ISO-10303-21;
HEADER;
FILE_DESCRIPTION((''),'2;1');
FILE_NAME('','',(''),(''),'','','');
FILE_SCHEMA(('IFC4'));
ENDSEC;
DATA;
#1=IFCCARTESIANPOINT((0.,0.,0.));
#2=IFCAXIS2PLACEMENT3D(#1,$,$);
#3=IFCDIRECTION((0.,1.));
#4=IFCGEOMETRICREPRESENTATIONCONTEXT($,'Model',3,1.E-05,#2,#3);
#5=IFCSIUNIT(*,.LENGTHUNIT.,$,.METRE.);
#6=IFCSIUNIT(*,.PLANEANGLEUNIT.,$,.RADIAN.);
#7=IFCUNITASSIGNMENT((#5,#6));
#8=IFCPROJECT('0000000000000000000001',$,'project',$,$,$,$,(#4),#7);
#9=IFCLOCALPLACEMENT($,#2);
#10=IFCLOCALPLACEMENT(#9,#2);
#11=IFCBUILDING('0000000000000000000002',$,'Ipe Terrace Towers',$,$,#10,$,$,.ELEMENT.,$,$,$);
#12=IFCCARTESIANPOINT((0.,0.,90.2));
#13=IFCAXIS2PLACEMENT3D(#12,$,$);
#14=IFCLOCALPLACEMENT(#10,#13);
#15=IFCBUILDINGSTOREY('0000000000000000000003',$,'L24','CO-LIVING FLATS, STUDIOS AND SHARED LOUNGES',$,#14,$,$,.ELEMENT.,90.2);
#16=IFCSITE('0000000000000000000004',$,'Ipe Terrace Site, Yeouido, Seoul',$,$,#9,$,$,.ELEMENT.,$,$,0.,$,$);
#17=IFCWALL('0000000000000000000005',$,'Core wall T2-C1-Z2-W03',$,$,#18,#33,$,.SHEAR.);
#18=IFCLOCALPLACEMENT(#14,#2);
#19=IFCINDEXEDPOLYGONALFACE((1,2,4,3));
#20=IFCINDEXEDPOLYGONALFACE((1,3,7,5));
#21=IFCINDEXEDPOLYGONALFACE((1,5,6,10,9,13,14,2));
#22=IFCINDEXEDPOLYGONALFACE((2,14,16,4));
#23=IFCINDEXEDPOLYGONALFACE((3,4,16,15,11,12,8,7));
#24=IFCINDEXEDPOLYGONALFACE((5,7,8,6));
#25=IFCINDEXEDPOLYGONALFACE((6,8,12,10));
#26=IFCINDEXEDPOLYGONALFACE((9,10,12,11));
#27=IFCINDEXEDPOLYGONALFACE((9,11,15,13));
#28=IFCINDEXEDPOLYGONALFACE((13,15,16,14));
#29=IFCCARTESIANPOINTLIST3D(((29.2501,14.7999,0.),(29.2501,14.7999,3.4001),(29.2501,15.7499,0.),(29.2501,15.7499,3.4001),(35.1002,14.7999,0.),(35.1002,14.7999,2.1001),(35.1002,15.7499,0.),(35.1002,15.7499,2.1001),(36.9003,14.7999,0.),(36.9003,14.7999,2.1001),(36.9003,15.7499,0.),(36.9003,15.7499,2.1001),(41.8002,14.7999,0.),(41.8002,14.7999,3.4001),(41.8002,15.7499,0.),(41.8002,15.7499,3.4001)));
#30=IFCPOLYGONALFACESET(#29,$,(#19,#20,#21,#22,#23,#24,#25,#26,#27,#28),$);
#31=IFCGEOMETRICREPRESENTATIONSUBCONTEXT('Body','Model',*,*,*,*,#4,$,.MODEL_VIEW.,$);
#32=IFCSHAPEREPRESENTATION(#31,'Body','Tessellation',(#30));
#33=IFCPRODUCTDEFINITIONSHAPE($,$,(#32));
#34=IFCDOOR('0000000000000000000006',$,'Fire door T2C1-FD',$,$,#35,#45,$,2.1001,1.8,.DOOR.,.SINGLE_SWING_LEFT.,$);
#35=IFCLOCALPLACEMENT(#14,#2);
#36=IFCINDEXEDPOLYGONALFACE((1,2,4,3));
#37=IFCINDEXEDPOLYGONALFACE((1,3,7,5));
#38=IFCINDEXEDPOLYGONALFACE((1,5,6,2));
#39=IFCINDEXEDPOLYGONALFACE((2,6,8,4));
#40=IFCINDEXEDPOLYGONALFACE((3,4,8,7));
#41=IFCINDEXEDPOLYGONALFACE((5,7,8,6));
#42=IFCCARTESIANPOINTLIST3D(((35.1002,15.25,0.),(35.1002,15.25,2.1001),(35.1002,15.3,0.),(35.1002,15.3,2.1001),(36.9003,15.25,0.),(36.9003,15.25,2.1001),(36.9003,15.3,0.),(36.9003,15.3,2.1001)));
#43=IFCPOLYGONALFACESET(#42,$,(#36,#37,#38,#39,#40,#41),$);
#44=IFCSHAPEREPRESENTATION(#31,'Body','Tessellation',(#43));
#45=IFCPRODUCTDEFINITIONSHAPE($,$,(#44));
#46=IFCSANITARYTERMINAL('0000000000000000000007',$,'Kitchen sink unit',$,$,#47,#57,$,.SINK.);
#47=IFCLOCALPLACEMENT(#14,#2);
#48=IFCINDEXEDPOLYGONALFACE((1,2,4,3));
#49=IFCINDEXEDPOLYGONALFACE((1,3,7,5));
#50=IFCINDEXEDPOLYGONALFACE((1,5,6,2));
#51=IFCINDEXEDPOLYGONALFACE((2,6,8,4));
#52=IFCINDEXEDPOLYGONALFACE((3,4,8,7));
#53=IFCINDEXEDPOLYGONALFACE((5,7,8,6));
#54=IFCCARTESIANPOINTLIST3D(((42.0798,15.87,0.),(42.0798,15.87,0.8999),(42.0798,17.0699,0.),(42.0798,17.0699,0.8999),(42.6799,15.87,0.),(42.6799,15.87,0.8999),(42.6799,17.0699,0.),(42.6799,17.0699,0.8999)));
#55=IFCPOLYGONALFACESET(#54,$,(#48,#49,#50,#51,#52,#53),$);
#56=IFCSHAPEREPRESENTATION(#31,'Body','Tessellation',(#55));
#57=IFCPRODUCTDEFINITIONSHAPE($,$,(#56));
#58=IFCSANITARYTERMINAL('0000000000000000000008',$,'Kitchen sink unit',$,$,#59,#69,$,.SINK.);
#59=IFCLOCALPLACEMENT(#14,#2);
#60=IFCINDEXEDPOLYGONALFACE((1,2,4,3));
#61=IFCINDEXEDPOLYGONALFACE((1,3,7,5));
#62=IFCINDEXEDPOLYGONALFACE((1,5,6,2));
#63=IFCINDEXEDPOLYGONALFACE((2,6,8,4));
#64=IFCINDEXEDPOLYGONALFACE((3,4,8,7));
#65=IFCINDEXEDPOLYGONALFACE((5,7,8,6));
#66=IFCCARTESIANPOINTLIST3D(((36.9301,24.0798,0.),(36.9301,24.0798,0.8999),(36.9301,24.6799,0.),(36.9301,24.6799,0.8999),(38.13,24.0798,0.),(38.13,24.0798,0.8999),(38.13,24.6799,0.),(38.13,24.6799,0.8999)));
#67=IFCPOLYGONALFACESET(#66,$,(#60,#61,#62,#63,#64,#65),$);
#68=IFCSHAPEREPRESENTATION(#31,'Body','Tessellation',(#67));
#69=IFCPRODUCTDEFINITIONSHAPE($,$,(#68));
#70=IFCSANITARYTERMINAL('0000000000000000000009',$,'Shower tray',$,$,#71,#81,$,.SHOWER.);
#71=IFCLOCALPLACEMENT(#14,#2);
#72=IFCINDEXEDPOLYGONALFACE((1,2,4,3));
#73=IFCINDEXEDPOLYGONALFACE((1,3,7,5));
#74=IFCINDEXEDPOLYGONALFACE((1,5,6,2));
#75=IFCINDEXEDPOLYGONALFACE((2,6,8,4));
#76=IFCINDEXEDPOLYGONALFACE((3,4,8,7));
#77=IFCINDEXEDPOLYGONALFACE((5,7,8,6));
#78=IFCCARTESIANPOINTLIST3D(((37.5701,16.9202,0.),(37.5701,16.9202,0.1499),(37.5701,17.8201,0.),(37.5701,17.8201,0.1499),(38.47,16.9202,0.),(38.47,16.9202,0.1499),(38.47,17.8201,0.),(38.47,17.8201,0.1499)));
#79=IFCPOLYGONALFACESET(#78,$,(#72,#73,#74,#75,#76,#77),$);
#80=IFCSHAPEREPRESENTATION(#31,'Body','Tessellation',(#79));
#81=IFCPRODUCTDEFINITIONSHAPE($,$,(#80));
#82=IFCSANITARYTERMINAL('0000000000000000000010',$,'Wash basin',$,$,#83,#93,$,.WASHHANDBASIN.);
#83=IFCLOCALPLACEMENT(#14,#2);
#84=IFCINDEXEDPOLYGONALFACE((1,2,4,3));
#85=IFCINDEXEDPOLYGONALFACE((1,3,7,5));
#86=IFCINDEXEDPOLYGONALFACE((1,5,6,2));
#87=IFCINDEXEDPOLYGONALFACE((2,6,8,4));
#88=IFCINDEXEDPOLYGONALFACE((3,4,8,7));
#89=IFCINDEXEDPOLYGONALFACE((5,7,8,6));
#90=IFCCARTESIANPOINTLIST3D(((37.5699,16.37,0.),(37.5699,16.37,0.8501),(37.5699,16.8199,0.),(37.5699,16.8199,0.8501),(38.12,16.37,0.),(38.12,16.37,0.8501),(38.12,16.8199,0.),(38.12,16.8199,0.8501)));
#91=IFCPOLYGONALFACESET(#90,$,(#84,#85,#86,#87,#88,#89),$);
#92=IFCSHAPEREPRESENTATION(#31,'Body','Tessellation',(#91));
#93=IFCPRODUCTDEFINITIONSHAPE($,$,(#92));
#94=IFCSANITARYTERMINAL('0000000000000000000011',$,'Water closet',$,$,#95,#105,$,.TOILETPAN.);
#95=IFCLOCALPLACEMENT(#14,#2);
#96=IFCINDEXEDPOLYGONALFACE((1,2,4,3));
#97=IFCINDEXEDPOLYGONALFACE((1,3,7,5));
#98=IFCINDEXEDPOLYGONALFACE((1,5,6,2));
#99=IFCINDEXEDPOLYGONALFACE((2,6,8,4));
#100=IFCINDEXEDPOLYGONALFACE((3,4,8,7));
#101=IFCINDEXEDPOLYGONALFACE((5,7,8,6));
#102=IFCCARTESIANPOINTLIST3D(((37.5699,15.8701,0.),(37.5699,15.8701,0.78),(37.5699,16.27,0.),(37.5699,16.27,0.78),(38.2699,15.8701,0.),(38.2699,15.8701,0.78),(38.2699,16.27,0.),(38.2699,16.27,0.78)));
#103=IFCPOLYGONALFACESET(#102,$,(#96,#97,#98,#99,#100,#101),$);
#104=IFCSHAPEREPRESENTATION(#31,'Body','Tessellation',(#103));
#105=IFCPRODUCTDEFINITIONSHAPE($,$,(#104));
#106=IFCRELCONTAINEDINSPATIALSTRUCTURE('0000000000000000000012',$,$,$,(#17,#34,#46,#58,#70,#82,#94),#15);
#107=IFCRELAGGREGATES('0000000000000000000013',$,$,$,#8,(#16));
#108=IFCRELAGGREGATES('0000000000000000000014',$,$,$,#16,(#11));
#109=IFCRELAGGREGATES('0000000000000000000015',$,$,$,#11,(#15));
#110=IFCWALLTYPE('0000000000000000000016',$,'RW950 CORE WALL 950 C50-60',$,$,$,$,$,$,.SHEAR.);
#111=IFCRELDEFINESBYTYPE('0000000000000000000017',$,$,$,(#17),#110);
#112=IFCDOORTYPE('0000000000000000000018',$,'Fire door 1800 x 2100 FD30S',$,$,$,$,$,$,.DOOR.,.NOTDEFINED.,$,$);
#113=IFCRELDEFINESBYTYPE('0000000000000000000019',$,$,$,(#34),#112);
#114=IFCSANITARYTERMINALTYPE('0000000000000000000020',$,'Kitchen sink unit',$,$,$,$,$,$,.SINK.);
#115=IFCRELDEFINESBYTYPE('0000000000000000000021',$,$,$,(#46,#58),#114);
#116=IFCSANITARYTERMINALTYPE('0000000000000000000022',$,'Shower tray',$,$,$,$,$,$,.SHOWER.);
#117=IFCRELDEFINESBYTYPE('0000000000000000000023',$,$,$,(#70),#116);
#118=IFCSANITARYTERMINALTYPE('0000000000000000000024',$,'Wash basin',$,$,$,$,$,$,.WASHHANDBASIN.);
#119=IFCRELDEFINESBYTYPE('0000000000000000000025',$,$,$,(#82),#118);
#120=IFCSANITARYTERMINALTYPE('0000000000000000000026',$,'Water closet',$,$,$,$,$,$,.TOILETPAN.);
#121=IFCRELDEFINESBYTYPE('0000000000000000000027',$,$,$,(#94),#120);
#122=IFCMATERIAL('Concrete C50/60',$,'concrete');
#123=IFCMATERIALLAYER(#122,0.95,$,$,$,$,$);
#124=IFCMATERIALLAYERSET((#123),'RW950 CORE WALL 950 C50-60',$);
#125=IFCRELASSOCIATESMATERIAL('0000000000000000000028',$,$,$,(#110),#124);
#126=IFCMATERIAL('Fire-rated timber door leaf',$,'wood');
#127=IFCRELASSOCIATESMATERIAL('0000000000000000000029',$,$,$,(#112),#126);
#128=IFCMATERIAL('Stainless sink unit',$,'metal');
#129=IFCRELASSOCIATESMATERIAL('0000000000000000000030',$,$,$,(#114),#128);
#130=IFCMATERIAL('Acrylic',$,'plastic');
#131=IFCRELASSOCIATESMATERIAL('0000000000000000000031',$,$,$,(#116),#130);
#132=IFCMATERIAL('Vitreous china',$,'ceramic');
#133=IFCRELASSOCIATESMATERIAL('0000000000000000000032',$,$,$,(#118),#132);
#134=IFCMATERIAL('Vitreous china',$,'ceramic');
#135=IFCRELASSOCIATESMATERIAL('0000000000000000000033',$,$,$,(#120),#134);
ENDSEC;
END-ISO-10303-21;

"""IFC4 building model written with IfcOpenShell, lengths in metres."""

from ifc_helpers import new_model, si_unit, direction, frame, frame_2d, origin, origin_2d, place, context, subcontext, project, spatial, rectangle, extrude, material, layer, layer_set, type_object, element, fill, save


model = new_model("IFC4")

# Units and contexts
model_context = context("Model", 3, precision=1e-05, world=origin(), true_north=direction((0.0, 1.0)))
body_context = subcontext(model_context, "Body", "Model", "MODEL_VIEW")
ifc_project = project(units=[si_unit("LENGTHUNIT", "METRE"), si_unit("PLANEANGLEUNIT", "RADIAN")], contexts=[model_context])

# Site, building, storey
site_placement = place(None, origin())
site = spatial("IfcSite", under=ifc_project, at=site_placement, Name="Ipe Terrace Site, Yeouido, Seoul", CompositionType="ELEMENT", RefElevation=0.0)
building_placement = place(site_placement, origin())
building = spatial("IfcBuilding", under=site, at=building_placement, Name="Ipe Terrace Towers", CompositionType="ELEMENT")
storey_placement = place(building_placement, frame((0.0, 0.0, 90.2)))
storey = spatial("IfcBuildingStorey", under=building, at=storey_placement, Name="L24", Description="CO-LIVING FLATS, STUDIOS AND SHARED LOUNGES", CompositionType="ELEMENT", Elevation=90.2)

# Wall, opening, door
ifc_material_1 = material(Name="Concrete C50/60", Category="concrete")
ifc_layer_1 = layer(ifc_material_1, 0.95)
ifc_layer_set_1 = layer_set([ifc_layer_1], Name="RW950 CORE WALL 950 C50-60")
wall_type_1 = type_object("IfcWallType", Name="RW950 CORE WALL 950 C50-60", PredefinedType="SHEAR", material=ifc_layer_set_1)
wall_1_placement = place(storey_placement, frame((41.8, 15.2749, 0.0), z_axis=(0.0, 0.0, 1.0), x_axis=(-1.0, 0.0, 0.0)))
wall_1 = element("IfcWall", 1, at=wall_1_placement, inside=storey, type_object=wall_type_1, Name="Core wall T2-C1-Z2-W03", PredefinedType="SHEAR", context=body_context, shape_type="SweptSolid", body=[
    extrude(rectangle(XDim=12.55, YDim=0.95, at=frame_2d((6.2749, 0.0))), origin(), (0.0, 0.0, 1.0), 3.4001),
])
opening_1_placement = place(wall_1_placement, frame((4.8999, 0.0, 0.0)))
opening_1 = element("IfcOpeningElement", 2, at=opening_1_placement, cuts=wall_1, PredefinedType="OPENING", context=body_context, shape_type="SweptSolid", body=[
    extrude(rectangle(XDim=1.8, YDim=2.1001, at=frame_2d((0.8999, 1.05))), frame((0.0, 0.4849, 0.0), z_axis=(0.0, -1.0, 0.0), x_axis=(1.0, 0.0, 0.0)), (0.0, 0.0, 1.0), 0.97),
])
ifc_material_2 = material(Name="Fire-rated timber door leaf", Category="wood")
door_type_1 = type_object("IfcDoorType", Name="Fire door 1800 x 2100 FD30S", OperationType="NOTDEFINED", PredefinedType="DOOR", material=ifc_material_2)
door_1_placement = place(opening_1_placement, origin())
door_1 = element("IfcDoor", 3, at=door_1_placement, inside=storey, type_object=door_type_1, Name="Fire door T2C1-FD", OperationType="SINGLE_SWING_LEFT", OverallHeight=2.1001, OverallWidth=1.8, PredefinedType="DOOR", context=body_context, shape_type="SweptSolid", body=[
    extrude(rectangle(XDim=1.8, YDim=2.1001, at=frame_2d((0.8999, 1.05))), frame((0.0, 0.0249, 0.0), z_axis=(0.0, -1.0, 0.0), x_axis=(1.0, 0.0, 0.0)), (0.0, 0.0, 1.0), 0.05),
])
fill(opening_1, door_1)

# Sanitary terminals
ifc_material_3 = material(Name="Stainless sink unit", Category="metal")
sanitary_terminal_type_1 = type_object("IfcSanitaryTerminalType", Name="Kitchen sink unit", PredefinedType="SINK", material=ifc_material_3)
for number, where, z_axis, x_axis, name in (
    (4, (42.3799, 16.47, 0.0), (0.0, 0.0, 1.0), (0.0, -1.0, 0.0), "Kitchen sink unit"),
    (5, (37.53, 24.3799, 0.0), (0.0, 0.0, 1.0), (1.0, 0.0, 0.0), "Kitchen sink unit"),
):
    element("IfcSanitaryTerminal", number, at=place(storey_placement, frame(where, z_axis=z_axis, x_axis=x_axis)), inside=storey, type_object=sanitary_terminal_type_1, Name=name, PredefinedType="SINK", context=body_context, shape_type="SweptSolid", body=[
        extrude(rectangle(XDim=1.2, YDim=0.6001, at=origin_2d()), origin(), (0.0, 0.0, 1.0), 0.8999),
    ])
ifc_material_4 = material(Name="Acrylic", Category="plastic")
sanitary_terminal_type_2 = type_object("IfcSanitaryTerminalType", Name="Shower tray", PredefinedType="SHOWER", material=ifc_material_4)
sanitary_terminal_1_placement = place(storey_placement, frame((38.02, 17.3701, 0.0), z_axis=(0.0, 0.0, 1.0), x_axis=(1.0, 0.0, 0.0)))
element("IfcSanitaryTerminal", 6, at=sanitary_terminal_1_placement, inside=storey, type_object=sanitary_terminal_type_2, Name="Shower tray", PredefinedType="SHOWER", context=body_context, shape_type="SweptSolid", body=[
    extrude(rectangle(XDim=0.8999, YDim=0.8999, at=origin_2d()), origin(), (0.0, 0.0, 1.0), 0.1499),
])
ifc_material_5 = material(Name="Vitreous china", Category="ceramic")
sanitary_terminal_type_3 = type_object("IfcSanitaryTerminalType", Name="Wash basin", PredefinedType="WASHHANDBASIN", material=ifc_material_5)
sanitary_terminal_2_placement = place(storey_placement, frame((37.845, 16.595, 0.0), z_axis=(0.0, 0.0, 1.0), x_axis=(1.0, 0.0, 0.0)))
element("IfcSanitaryTerminal", 7, at=sanitary_terminal_2_placement, inside=storey, type_object=sanitary_terminal_type_3, Name="Wash basin", PredefinedType="WASHHANDBASIN", context=body_context, shape_type="SweptSolid", body=[
    extrude(rectangle(XDim=0.55, YDim=0.45, at=origin_2d()), origin(), (0.0, 0.0, 1.0), 0.8501),
])
ifc_material_6 = material(Name="Vitreous china", Category="ceramic")
sanitary_terminal_type_4 = type_object("IfcSanitaryTerminalType", Name="Water closet", PredefinedType="TOILETPAN", material=ifc_material_6)
sanitary_terminal_3_placement = place(storey_placement, frame((37.9199, 16.0701, 0.0), z_axis=(0.0, 0.0, 1.0), x_axis=(1.0, 0.0, 0.0)))
element("IfcSanitaryTerminal", 8, at=sanitary_terminal_3_placement, inside=storey, type_object=sanitary_terminal_type_4, Name="Water closet", PredefinedType="TOILETPAN", context=body_context, shape_type="SweptSolid", body=[
    extrude(rectangle(XDim=0.7, YDim=0.3999, at=origin_2d()), origin(), (0.0, 0.0, 1.0), 0.78),
])

save(model, "model.ifc")
